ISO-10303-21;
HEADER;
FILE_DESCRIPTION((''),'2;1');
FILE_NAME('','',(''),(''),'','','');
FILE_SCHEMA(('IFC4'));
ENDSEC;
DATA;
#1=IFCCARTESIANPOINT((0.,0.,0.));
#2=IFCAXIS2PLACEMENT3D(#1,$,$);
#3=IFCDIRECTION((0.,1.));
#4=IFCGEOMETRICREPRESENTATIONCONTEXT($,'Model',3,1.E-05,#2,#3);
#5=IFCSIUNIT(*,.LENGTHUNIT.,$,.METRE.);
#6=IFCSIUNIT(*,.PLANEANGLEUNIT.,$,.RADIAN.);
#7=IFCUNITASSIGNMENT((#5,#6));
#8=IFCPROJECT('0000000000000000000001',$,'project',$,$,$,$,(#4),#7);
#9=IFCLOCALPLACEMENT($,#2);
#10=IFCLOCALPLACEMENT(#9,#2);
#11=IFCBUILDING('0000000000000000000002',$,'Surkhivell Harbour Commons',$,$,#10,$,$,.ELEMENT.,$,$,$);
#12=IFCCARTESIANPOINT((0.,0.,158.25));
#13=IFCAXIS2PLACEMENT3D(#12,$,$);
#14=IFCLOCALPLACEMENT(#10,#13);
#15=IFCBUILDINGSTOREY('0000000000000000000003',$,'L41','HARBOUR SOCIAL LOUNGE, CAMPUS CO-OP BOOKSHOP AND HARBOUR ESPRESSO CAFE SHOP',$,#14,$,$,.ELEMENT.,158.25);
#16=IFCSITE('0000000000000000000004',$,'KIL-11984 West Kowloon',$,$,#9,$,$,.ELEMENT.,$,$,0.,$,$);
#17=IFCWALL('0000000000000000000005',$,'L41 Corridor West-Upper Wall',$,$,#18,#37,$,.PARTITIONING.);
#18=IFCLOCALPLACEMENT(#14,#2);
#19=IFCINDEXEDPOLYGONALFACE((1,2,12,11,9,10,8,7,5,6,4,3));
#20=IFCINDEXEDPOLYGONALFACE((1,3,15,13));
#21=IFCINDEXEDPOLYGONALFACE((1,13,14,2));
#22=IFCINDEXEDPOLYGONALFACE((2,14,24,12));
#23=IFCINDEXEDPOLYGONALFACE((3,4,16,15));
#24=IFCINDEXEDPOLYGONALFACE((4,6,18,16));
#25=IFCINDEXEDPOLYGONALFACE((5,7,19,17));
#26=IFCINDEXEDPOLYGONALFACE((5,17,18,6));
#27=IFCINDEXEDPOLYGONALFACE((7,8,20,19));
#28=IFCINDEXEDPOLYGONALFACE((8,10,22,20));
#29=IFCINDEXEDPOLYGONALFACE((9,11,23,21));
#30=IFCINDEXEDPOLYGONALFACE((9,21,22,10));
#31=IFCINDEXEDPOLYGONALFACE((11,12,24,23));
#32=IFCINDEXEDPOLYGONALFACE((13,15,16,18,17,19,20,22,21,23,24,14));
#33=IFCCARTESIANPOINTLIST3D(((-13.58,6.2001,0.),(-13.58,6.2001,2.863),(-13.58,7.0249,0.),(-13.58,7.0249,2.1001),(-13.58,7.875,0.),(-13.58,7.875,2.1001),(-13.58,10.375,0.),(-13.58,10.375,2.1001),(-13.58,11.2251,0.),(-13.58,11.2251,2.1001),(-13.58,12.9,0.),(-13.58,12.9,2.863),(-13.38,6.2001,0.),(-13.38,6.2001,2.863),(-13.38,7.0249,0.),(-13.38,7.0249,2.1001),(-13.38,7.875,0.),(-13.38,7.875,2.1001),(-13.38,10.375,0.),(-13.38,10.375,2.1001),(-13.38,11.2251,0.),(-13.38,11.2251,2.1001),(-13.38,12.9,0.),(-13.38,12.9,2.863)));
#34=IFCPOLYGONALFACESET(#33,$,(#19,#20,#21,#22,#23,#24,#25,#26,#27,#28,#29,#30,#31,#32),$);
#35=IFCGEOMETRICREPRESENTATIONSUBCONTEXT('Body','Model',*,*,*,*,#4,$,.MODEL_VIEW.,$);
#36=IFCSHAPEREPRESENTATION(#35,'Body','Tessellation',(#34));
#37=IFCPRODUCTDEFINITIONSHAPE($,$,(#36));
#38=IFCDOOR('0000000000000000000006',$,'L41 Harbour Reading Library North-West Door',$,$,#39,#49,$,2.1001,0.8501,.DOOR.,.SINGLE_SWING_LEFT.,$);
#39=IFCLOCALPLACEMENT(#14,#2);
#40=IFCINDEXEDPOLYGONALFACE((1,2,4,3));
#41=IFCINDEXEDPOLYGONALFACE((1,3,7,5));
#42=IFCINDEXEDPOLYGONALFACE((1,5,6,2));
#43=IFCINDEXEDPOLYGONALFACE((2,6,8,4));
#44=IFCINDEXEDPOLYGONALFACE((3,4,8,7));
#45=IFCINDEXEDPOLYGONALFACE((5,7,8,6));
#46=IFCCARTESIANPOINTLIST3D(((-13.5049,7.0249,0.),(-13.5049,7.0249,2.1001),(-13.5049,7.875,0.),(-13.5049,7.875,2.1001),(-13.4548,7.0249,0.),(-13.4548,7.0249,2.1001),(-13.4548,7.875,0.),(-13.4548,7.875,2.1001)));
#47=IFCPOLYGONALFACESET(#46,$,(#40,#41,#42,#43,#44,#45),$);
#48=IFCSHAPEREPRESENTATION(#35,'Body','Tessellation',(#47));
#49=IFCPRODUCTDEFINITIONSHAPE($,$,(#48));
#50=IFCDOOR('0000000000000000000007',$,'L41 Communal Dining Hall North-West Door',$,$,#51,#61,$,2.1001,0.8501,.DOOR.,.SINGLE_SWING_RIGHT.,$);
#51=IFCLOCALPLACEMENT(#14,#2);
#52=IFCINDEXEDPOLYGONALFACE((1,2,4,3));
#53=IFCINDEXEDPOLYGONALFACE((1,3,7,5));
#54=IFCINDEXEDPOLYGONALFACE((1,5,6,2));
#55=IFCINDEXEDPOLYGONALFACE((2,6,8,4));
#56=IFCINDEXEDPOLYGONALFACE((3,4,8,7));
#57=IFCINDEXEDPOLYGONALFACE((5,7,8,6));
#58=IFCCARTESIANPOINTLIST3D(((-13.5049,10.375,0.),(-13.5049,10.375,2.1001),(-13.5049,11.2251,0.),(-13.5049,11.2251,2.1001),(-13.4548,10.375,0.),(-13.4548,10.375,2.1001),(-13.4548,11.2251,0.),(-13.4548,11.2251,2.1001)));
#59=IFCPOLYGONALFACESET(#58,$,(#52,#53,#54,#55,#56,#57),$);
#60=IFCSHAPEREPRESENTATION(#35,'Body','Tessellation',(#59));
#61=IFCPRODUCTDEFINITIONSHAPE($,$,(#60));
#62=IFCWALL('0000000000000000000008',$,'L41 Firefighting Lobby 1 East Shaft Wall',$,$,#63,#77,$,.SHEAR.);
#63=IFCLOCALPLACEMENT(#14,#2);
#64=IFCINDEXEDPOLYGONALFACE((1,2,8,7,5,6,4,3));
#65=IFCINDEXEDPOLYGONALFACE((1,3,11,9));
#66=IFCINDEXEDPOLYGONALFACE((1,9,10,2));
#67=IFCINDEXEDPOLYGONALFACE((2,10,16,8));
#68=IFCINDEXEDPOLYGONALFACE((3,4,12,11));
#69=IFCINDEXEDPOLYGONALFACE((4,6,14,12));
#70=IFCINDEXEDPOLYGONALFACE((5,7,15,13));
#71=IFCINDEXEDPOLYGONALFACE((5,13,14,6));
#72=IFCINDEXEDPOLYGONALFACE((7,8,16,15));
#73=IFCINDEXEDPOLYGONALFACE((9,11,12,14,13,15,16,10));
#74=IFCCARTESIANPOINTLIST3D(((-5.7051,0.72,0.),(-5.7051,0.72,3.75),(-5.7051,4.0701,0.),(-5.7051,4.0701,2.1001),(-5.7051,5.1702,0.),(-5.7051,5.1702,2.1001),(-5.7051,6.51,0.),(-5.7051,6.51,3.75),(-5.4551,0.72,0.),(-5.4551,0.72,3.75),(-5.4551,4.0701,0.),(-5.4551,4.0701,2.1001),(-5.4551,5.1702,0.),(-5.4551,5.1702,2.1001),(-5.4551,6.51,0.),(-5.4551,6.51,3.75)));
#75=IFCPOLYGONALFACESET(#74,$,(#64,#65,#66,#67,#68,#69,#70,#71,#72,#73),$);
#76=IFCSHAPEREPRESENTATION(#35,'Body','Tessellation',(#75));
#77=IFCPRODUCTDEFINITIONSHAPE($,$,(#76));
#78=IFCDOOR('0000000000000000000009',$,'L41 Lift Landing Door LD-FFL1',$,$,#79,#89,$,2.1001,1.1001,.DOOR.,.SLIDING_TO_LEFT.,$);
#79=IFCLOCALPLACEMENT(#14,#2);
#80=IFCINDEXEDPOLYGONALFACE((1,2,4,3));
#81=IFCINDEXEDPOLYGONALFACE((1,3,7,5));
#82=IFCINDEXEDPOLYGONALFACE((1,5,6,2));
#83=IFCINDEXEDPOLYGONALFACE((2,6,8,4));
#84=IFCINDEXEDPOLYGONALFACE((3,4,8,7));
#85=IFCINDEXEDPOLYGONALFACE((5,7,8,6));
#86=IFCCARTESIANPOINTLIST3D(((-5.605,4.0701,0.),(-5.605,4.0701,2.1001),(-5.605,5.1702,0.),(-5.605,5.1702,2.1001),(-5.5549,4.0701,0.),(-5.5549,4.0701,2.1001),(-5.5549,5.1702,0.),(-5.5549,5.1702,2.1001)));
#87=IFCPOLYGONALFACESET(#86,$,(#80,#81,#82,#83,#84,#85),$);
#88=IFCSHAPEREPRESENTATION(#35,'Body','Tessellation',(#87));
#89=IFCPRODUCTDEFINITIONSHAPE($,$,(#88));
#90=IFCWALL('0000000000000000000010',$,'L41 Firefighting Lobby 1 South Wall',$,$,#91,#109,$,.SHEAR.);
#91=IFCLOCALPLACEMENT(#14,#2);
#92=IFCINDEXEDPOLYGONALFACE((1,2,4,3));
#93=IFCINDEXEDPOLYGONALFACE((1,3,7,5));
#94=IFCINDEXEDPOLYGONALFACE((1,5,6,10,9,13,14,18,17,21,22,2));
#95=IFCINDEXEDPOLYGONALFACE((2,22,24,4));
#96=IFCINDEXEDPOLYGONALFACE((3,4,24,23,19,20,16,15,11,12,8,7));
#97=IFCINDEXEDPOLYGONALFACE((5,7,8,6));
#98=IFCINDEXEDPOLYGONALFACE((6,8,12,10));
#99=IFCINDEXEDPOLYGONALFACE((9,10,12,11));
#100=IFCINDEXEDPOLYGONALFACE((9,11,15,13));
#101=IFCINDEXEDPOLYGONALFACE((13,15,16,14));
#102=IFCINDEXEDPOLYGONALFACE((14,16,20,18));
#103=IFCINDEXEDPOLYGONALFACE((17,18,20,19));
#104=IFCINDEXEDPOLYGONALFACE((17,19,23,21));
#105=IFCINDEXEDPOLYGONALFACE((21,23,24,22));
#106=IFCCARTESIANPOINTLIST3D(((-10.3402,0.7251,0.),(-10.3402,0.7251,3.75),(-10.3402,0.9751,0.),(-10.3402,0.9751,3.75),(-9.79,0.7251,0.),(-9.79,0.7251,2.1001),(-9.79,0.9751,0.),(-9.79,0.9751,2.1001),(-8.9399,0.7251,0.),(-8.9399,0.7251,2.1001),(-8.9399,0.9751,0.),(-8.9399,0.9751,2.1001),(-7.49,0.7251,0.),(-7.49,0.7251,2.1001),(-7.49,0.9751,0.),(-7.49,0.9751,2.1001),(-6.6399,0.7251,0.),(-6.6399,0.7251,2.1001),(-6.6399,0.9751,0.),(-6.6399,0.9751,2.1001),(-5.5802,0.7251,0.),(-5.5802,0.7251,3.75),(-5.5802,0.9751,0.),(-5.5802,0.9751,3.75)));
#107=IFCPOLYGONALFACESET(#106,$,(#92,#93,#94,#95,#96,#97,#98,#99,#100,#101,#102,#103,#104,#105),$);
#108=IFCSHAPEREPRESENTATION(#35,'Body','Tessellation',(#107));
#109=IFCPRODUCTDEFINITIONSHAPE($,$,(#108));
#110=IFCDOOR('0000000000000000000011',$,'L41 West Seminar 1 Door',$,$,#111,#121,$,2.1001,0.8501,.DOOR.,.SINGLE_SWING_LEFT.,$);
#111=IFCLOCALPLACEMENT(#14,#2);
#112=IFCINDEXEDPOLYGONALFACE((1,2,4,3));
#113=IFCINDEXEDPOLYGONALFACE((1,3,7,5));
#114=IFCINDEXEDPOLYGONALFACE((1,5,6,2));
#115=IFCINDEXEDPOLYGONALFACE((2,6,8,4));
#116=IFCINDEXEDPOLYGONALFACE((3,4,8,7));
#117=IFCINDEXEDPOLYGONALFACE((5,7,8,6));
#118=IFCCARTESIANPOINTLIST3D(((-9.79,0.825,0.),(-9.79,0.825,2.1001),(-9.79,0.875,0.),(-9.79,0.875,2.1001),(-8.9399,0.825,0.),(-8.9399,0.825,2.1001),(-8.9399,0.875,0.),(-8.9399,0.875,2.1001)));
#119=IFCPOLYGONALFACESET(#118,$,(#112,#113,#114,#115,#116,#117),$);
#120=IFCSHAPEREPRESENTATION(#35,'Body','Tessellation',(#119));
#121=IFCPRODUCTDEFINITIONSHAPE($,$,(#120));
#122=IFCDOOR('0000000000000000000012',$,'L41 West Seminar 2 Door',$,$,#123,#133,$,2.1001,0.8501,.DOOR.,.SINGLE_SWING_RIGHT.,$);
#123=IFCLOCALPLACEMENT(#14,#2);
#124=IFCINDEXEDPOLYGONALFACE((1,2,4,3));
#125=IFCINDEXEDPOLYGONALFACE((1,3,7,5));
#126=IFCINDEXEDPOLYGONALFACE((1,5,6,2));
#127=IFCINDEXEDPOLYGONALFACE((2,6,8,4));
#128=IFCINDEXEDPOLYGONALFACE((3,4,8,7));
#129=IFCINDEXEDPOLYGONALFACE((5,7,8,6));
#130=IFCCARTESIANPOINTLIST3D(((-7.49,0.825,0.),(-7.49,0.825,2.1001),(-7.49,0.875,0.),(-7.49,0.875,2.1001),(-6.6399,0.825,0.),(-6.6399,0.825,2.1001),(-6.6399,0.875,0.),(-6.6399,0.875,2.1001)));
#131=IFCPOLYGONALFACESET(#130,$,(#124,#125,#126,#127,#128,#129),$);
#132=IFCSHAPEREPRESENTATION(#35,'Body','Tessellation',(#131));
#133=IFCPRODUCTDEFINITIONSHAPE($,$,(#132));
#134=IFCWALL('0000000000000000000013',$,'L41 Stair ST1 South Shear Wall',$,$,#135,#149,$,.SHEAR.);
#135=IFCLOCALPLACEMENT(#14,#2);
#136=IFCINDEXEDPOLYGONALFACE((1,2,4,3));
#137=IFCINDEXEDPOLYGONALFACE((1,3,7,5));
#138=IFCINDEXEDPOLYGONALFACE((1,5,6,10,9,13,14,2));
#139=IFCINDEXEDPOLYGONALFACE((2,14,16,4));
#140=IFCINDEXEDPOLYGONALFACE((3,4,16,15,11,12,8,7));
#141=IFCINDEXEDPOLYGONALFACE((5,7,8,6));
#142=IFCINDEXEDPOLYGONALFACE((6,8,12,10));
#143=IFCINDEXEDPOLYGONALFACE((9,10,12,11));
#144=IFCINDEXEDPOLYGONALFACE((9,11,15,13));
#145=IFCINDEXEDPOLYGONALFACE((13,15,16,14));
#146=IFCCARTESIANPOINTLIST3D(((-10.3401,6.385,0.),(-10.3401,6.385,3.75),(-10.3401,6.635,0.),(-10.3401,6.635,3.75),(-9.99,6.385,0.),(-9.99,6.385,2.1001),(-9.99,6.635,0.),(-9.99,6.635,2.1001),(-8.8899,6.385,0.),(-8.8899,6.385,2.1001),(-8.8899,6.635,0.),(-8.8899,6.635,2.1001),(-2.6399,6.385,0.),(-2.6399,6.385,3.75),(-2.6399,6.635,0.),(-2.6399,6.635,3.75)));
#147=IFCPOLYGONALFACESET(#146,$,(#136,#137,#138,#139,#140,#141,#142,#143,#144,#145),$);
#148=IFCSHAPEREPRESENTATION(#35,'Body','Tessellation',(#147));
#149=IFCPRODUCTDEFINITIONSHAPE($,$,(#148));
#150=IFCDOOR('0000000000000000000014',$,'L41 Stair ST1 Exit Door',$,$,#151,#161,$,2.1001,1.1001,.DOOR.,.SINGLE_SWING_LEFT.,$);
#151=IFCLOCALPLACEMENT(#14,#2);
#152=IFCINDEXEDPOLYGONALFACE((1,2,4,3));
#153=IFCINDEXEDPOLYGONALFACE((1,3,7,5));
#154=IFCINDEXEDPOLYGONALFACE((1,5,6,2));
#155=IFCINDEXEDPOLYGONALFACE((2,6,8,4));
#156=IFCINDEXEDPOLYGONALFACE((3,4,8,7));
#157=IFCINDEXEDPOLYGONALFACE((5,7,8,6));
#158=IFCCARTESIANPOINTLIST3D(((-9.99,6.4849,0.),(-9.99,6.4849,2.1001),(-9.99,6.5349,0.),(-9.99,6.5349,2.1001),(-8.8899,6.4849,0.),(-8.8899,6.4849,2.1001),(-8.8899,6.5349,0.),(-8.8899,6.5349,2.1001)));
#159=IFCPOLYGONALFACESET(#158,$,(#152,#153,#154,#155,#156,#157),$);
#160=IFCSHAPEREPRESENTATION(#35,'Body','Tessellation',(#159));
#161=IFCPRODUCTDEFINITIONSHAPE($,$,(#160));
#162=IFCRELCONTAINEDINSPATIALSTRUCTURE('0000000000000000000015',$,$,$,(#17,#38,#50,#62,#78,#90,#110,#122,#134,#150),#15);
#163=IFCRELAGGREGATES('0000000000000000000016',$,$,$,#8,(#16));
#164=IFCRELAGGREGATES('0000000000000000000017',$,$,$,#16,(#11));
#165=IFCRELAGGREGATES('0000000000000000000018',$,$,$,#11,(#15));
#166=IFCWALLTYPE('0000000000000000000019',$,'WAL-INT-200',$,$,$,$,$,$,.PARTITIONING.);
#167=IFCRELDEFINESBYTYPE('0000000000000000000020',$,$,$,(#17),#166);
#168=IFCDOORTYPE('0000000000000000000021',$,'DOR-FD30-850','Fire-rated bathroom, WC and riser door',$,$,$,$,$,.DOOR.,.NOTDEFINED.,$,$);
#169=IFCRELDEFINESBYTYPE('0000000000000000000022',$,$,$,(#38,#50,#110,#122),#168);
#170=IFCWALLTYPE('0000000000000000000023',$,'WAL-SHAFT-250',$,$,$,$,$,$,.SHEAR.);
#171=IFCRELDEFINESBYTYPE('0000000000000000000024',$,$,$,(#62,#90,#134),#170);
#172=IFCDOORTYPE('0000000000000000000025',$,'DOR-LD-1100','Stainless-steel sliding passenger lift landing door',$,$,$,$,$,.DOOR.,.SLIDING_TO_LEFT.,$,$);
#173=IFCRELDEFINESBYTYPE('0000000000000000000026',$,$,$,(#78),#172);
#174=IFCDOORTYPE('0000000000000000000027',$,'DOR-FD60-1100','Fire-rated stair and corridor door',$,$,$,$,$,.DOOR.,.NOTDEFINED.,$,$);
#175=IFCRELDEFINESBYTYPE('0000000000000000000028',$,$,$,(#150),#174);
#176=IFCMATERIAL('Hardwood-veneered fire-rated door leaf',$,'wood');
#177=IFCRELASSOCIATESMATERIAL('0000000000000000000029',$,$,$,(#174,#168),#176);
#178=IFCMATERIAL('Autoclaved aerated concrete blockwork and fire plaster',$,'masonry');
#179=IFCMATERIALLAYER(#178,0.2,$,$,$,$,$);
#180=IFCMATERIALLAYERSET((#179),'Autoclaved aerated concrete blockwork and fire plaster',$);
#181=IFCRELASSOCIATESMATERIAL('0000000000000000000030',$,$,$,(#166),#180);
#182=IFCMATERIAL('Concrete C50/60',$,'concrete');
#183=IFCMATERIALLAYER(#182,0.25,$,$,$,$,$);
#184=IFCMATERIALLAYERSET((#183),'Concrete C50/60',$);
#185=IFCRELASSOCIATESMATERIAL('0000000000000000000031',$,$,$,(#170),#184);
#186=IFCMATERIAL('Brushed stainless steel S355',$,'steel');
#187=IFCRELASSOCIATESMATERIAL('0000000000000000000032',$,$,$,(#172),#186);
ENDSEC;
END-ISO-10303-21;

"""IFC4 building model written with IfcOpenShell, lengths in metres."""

from ifc_helpers import new_model, si_unit, direction, frame, frame_2d, origin, place, context, subcontext, project, spatial, rectangle, extrude, material, layer, layer_set, type_object, element, fill, save


model = new_model("IFC4")

# Units and contexts
model_context = context("Model", 3, precision=1e-05, world=origin(), true_north=direction((0.0, 1.0)))
body_context = subcontext(model_context, "Body", "Model", "MODEL_VIEW")
ifc_project = project(units=[si_unit("LENGTHUNIT", "METRE"), si_unit("PLANEANGLEUNIT", "RADIAN")], contexts=[model_context])

# Site, building, storey
site_placement = place(None, origin())
site = spatial("IfcSite", under=ifc_project, at=site_placement, Name="KIL-11984 West Kowloon", CompositionType="ELEMENT", RefElevation=0.0)
building_placement = place(site_placement, origin())
building = spatial("IfcBuilding", under=site, at=building_placement, Name="Surkhivell Harbour Commons", CompositionType="ELEMENT")
storey_placement = place(building_placement, frame((0.0, 0.0, 158.25)))
storey = spatial("IfcBuildingStorey", under=building, at=storey_placement, Name="L41", Description="HARBOUR SOCIAL LOUNGE, CAMPUS CO-OP BOOKSHOP AND HARBOUR ESPRESSO CAFE SHOP", CompositionType="ELEMENT", Elevation=158.25)

# Shared definitions
ifc_material_1 = material(Name="Hardwood-veneered fire-rated door leaf", Category="wood")
door_type_1 = type_object("IfcDoorType", Name="DOR-FD60-1100", Description="Fire-rated stair and corridor door", OperationType="NOTDEFINED", PredefinedType="DOOR", material=ifc_material_1)

# Wall, openings, doors
ifc_material_2 = material(Name="Autoclaved aerated concrete blockwork and fire plaster", Category="masonry")
ifc_layer_1 = layer(ifc_material_2, 0.2)
ifc_layer_set_1 = layer_set([ifc_layer_1], Name="Autoclaved aerated concrete blockwork and fire plaster")
wall_type_1 = type_object("IfcWallType", Name="WAL-INT-200", PredefinedType="PARTITIONING", material=ifc_layer_set_1)
wall_1_placement = place(storey_placement, frame((-13.48, 6.2, 0.0), z_axis=(0.0, 0.0, 1.0), x_axis=(0.0, 1.0, 0.0)))
wall_1 = element("IfcWall", 1, at=wall_1_placement, inside=storey, type_object=wall_type_1, Name="L41 Corridor West-Upper Wall", PredefinedType="PARTITIONING", context=body_context, shape_type="SweptSolid", body=[
    extrude(rectangle(XDim=6.7, YDim=0.2, at=frame_2d((3.3501, 0.0))), origin(), (0.0, 0.0, 1.0), 2.863),
])
opening_1_placement = place(wall_1_placement, frame((0.825, 0.0, 0.0)))
opening_1 = element("IfcOpeningElement", 2, at=opening_1_placement, cuts=wall_1, PredefinedType="OPENING", context=body_context, shape_type="SweptSolid", body=[
    extrude(rectangle(XDim=0.8501, YDim=2.1001, at=frame_2d((0.425, 1.05))), frame((0.0, 0.1099, 0.0), z_axis=(0.0, -1.0, 0.0), x_axis=(1.0, 0.0, 0.0)), (0.0, 0.0, 1.0), 0.22),
])
opening_2_placement = place(wall_1_placement, frame((4.175, 0.0, 0.0)))
opening_2 = element("IfcOpeningElement", 3, at=opening_2_placement, cuts=wall_1, PredefinedType="OPENING", context=body_context, shape_type="SweptSolid", body=[
    extrude(rectangle(XDim=0.8501, YDim=2.1001, at=frame_2d((0.425, 1.05))), frame((0.0, 0.1099, 0.0), z_axis=(0.0, -1.0, 0.0), x_axis=(1.0, 0.0, 0.0)), (0.0, 0.0, 1.0), 0.22),
])
door_type_2 = type_object("IfcDoorType", Name="DOR-FD30-850", Description="Fire-rated bathroom, WC and riser door", OperationType="NOTDEFINED", PredefinedType="DOOR", material=ifc_material_1)
door_1_placement = place(opening_1_placement, origin())
door_1 = element("IfcDoor", 4, at=door_1_placement, inside=storey, type_object=door_type_2, Name="L41 Harbour Reading Library North-West Door", OperationType="SINGLE_SWING_LEFT", OverallHeight=2.1001, OverallWidth=0.8501, PredefinedType="DOOR", context=body_context, shape_type="SweptSolid", body=[
    extrude(rectangle(XDim=0.8501, YDim=2.1001, at=frame_2d((0.425, 1.05))), frame((0.0, 0.0249, 0.0), z_axis=(0.0, -1.0, 0.0), x_axis=(1.0, 0.0, 0.0)), (0.0, 0.0, 1.0), 0.05),
])
fill(opening_1, door_1)
door_2_placement = place(opening_2_placement, origin())
door_2 = element("IfcDoor", 5, at=door_2_placement, inside=storey, type_object=door_type_2, Name="L41 Communal Dining Hall North-West Door", OperationType="SINGLE_SWING_RIGHT", OverallHeight=2.1001, OverallWidth=0.8501, PredefinedType="DOOR", context=body_context, shape_type="SweptSolid", body=[
    extrude(rectangle(XDim=0.8501, YDim=2.1001, at=frame_2d((0.425, 1.05))), frame((0.0, 0.0249, 0.0), z_axis=(0.0, -1.0, 0.0), x_axis=(1.0, 0.0, 0.0)), (0.0, 0.0, 1.0), 0.05),
])
fill(opening_2, door_2)

# Wall, opening, door
ifc_material_3 = material(Name="Concrete C50/60", Category="concrete")
ifc_layer_2 = layer(ifc_material_3, 0.25)
ifc_layer_set_2 = layer_set([ifc_layer_2], Name="Concrete C50/60")
wall_type_2 = type_object("IfcWallType", Name="WAL-SHAFT-250", PredefinedType="SHEAR", material=ifc_layer_set_2)
wall_2_placement = place(storey_placement, frame((-5.5801, 0.72, 0.0), z_axis=(0.0, 0.0, 1.0), x_axis=(0.0, 1.0, 0.0)))
wall_2 = element("IfcWall", 6, at=wall_2_placement, inside=storey, type_object=wall_type_2, Name="L41 Firefighting Lobby 1 East Shaft Wall", PredefinedType="SHEAR", context=body_context, shape_type="SweptSolid", body=[
    extrude(rectangle(XDim=5.79, YDim=0.25, at=frame_2d((2.895, 0.0))), origin(), (0.0, 0.0, 1.0), 3.75),
])
opening_3_placement = place(wall_2_placement, frame((3.3501, 0.0, 0.0)))
opening_3 = element("IfcOpeningElement", 7, at=opening_3_placement, cuts=wall_2, PredefinedType="OPENING", context=body_context, shape_type="SweptSolid", body=[
    extrude(rectangle(XDim=1.1001, YDim=2.1001, at=frame_2d((0.55, 1.05))), frame((0.0, 0.135, 0.0), z_axis=(0.0, -1.0, 0.0), x_axis=(1.0, 0.0, 0.0)), (0.0, 0.0, 1.0), 0.27),
])
ifc_material_4 = material(Name="Brushed stainless steel S355", Category="steel")
door_type_3 = type_object("IfcDoorType", Name="DOR-LD-1100", Description="Stainless-steel sliding passenger lift landing door", OperationType="SLIDING_TO_LEFT", PredefinedType="DOOR", material=ifc_material_4)
door_3_placement = place(opening_3_placement, origin())
door_3 = element("IfcDoor", 8, at=door_3_placement, inside=storey, type_object=door_type_3, Name="L41 Lift Landing Door LD-FFL1", OperationType="SLIDING_TO_LEFT", OverallHeight=2.1001, OverallWidth=1.1001, PredefinedType="DOOR", context=body_context, shape_type="SweptSolid", body=[
    extrude(rectangle(XDim=1.1001, YDim=2.1001, at=frame_2d((0.55, 1.05))), frame((0.0, 0.0249, 0.0), z_axis=(0.0, -1.0, 0.0), x_axis=(1.0, 0.0, 0.0)), (0.0, 0.0, 1.0), 0.05),
])
fill(opening_3, door_3)

# Wall, openings, doors
wall_3_placement = place(storey_placement, frame((-10.3401, 0.8501, 0.0), z_axis=(0.0, 0.0, 1.0), x_axis=(1.0, 0.0, 0.0)))
wall_3 = element("IfcWall", 9, at=wall_3_placement, inside=storey, type_object=wall_type_2, Name="L41 Firefighting Lobby 1 South Wall", PredefinedType="SHEAR", context=body_context, shape_type="SweptSolid", body=[
    extrude(rectangle(XDim=4.76, YDim=0.25, at=frame_2d((2.3799, 0.0))), origin(), (0.0, 0.0, 1.0), 3.75),
])
opening_4_placement = place(wall_3_placement, frame((0.55, 0.0, 0.0)))
opening_4 = element("IfcOpeningElement", 10, at=opening_4_placement, cuts=wall_3, PredefinedType="OPENING", context=body_context, shape_type="SweptSolid", body=[
    extrude(rectangle(XDim=0.8501, YDim=2.1001, at=frame_2d((0.425, 1.05))), frame((0.0, 0.135, 0.0), z_axis=(0.0, -1.0, 0.0), x_axis=(1.0, 0.0, 0.0)), (0.0, 0.0, 1.0), 0.27),
])
opening_5_placement = place(wall_3_placement, frame((2.8501, 0.0, 0.0)))
opening_5 = element("IfcOpeningElement", 11, at=opening_5_placement, cuts=wall_3, PredefinedType="OPENING", context=body_context, shape_type="SweptSolid", body=[
    extrude(rectangle(XDim=0.8501, YDim=2.1001, at=frame_2d((0.425, 1.05))), frame((0.0, 0.135, 0.0), z_axis=(0.0, -1.0, 0.0), x_axis=(1.0, 0.0, 0.0)), (0.0, 0.0, 1.0), 0.27),
])
door_4_placement = place(opening_4_placement, origin())
door_4 = element("IfcDoor", 12, at=door_4_placement, inside=storey, type_object=door_type_2, Name="L41 West Seminar 1 Door", OperationType="SINGLE_SWING_LEFT", OverallHeight=2.1001, OverallWidth=0.8501, PredefinedType="DOOR", context=body_context, shape_type="SweptSolid", body=[
    extrude(rectangle(XDim=0.8501, YDim=2.1001, at=frame_2d((0.425, 1.05))), frame((0.0, 0.0249, 0.0), z_axis=(0.0, -1.0, 0.0), x_axis=(1.0, 0.0, 0.0)), (0.0, 0.0, 1.0), 0.05),
])
fill(opening_4, door_4)
door_5_placement = place(opening_5_placement, origin())
door_5 = element("IfcDoor", 13, at=door_5_placement, inside=storey, type_object=door_type_2, Name="L41 West Seminar 2 Door", OperationType="SINGLE_SWING_RIGHT", OverallHeight=2.1001, OverallWidth=0.8501, PredefinedType="DOOR", context=body_context, shape_type="SweptSolid", body=[
    extrude(rectangle(XDim=0.8501, YDim=2.1001, at=frame_2d((0.425, 1.05))), frame((0.0, 0.0249, 0.0), z_axis=(0.0, -1.0, 0.0), x_axis=(1.0, 0.0, 0.0)), (0.0, 0.0, 1.0), 0.05),
])
fill(opening_5, door_5)

# Wall, opening, door
wall_4_placement = place(storey_placement, frame((-10.3401, 6.51, 0.0), z_axis=(0.0, 0.0, 1.0), x_axis=(1.0, 0.0, 0.0)))
wall_4 = element("IfcWall", 14, at=wall_4_placement, inside=storey, type_object=wall_type_2, Name="L41 Stair ST1 South Shear Wall", PredefinedType="SHEAR", context=body_context, shape_type="SweptSolid", body=[
    extrude(rectangle(XDim=7.7002, YDim=0.25, at=frame_2d((3.8501, 0.0))), origin(), (0.0, 0.0, 1.0), 3.75),
])
opening_6_placement = place(wall_4_placement, frame((0.3501, 0.0, 0.0)))
opening_6 = element("IfcOpeningElement", 15, at=opening_6_placement, cuts=wall_4, PredefinedType="OPENING", context=body_context, shape_type="SweptSolid", body=[
    extrude(rectangle(XDim=1.1001, YDim=2.1001, at=frame_2d((0.55, 1.05))), frame((0.0, 0.135, 0.0), z_axis=(0.0, -1.0, 0.0), x_axis=(1.0, 0.0, 0.0)), (0.0, 0.0, 1.0), 0.27),
])
door_6_placement = place(opening_6_placement, origin())
door_6 = element("IfcDoor", 16, at=door_6_placement, inside=storey, type_object=door_type_1, Name="L41 Stair ST1 Exit Door", OperationType="SINGLE_SWING_LEFT", OverallHeight=2.1001, OverallWidth=1.1001, PredefinedType="DOOR", context=body_context, shape_type="SweptSolid", body=[
    extrude(rectangle(XDim=1.1001, YDim=2.1001, at=frame_2d((0.55, 1.05))), frame((0.0, 0.0249, 0.0), z_axis=(0.0, -1.0, 0.0), x_axis=(1.0, 0.0, 0.0)), (0.0, 0.0, 1.0), 0.05),
])
fill(opening_6, door_6)

save(model, "model.ifc")
